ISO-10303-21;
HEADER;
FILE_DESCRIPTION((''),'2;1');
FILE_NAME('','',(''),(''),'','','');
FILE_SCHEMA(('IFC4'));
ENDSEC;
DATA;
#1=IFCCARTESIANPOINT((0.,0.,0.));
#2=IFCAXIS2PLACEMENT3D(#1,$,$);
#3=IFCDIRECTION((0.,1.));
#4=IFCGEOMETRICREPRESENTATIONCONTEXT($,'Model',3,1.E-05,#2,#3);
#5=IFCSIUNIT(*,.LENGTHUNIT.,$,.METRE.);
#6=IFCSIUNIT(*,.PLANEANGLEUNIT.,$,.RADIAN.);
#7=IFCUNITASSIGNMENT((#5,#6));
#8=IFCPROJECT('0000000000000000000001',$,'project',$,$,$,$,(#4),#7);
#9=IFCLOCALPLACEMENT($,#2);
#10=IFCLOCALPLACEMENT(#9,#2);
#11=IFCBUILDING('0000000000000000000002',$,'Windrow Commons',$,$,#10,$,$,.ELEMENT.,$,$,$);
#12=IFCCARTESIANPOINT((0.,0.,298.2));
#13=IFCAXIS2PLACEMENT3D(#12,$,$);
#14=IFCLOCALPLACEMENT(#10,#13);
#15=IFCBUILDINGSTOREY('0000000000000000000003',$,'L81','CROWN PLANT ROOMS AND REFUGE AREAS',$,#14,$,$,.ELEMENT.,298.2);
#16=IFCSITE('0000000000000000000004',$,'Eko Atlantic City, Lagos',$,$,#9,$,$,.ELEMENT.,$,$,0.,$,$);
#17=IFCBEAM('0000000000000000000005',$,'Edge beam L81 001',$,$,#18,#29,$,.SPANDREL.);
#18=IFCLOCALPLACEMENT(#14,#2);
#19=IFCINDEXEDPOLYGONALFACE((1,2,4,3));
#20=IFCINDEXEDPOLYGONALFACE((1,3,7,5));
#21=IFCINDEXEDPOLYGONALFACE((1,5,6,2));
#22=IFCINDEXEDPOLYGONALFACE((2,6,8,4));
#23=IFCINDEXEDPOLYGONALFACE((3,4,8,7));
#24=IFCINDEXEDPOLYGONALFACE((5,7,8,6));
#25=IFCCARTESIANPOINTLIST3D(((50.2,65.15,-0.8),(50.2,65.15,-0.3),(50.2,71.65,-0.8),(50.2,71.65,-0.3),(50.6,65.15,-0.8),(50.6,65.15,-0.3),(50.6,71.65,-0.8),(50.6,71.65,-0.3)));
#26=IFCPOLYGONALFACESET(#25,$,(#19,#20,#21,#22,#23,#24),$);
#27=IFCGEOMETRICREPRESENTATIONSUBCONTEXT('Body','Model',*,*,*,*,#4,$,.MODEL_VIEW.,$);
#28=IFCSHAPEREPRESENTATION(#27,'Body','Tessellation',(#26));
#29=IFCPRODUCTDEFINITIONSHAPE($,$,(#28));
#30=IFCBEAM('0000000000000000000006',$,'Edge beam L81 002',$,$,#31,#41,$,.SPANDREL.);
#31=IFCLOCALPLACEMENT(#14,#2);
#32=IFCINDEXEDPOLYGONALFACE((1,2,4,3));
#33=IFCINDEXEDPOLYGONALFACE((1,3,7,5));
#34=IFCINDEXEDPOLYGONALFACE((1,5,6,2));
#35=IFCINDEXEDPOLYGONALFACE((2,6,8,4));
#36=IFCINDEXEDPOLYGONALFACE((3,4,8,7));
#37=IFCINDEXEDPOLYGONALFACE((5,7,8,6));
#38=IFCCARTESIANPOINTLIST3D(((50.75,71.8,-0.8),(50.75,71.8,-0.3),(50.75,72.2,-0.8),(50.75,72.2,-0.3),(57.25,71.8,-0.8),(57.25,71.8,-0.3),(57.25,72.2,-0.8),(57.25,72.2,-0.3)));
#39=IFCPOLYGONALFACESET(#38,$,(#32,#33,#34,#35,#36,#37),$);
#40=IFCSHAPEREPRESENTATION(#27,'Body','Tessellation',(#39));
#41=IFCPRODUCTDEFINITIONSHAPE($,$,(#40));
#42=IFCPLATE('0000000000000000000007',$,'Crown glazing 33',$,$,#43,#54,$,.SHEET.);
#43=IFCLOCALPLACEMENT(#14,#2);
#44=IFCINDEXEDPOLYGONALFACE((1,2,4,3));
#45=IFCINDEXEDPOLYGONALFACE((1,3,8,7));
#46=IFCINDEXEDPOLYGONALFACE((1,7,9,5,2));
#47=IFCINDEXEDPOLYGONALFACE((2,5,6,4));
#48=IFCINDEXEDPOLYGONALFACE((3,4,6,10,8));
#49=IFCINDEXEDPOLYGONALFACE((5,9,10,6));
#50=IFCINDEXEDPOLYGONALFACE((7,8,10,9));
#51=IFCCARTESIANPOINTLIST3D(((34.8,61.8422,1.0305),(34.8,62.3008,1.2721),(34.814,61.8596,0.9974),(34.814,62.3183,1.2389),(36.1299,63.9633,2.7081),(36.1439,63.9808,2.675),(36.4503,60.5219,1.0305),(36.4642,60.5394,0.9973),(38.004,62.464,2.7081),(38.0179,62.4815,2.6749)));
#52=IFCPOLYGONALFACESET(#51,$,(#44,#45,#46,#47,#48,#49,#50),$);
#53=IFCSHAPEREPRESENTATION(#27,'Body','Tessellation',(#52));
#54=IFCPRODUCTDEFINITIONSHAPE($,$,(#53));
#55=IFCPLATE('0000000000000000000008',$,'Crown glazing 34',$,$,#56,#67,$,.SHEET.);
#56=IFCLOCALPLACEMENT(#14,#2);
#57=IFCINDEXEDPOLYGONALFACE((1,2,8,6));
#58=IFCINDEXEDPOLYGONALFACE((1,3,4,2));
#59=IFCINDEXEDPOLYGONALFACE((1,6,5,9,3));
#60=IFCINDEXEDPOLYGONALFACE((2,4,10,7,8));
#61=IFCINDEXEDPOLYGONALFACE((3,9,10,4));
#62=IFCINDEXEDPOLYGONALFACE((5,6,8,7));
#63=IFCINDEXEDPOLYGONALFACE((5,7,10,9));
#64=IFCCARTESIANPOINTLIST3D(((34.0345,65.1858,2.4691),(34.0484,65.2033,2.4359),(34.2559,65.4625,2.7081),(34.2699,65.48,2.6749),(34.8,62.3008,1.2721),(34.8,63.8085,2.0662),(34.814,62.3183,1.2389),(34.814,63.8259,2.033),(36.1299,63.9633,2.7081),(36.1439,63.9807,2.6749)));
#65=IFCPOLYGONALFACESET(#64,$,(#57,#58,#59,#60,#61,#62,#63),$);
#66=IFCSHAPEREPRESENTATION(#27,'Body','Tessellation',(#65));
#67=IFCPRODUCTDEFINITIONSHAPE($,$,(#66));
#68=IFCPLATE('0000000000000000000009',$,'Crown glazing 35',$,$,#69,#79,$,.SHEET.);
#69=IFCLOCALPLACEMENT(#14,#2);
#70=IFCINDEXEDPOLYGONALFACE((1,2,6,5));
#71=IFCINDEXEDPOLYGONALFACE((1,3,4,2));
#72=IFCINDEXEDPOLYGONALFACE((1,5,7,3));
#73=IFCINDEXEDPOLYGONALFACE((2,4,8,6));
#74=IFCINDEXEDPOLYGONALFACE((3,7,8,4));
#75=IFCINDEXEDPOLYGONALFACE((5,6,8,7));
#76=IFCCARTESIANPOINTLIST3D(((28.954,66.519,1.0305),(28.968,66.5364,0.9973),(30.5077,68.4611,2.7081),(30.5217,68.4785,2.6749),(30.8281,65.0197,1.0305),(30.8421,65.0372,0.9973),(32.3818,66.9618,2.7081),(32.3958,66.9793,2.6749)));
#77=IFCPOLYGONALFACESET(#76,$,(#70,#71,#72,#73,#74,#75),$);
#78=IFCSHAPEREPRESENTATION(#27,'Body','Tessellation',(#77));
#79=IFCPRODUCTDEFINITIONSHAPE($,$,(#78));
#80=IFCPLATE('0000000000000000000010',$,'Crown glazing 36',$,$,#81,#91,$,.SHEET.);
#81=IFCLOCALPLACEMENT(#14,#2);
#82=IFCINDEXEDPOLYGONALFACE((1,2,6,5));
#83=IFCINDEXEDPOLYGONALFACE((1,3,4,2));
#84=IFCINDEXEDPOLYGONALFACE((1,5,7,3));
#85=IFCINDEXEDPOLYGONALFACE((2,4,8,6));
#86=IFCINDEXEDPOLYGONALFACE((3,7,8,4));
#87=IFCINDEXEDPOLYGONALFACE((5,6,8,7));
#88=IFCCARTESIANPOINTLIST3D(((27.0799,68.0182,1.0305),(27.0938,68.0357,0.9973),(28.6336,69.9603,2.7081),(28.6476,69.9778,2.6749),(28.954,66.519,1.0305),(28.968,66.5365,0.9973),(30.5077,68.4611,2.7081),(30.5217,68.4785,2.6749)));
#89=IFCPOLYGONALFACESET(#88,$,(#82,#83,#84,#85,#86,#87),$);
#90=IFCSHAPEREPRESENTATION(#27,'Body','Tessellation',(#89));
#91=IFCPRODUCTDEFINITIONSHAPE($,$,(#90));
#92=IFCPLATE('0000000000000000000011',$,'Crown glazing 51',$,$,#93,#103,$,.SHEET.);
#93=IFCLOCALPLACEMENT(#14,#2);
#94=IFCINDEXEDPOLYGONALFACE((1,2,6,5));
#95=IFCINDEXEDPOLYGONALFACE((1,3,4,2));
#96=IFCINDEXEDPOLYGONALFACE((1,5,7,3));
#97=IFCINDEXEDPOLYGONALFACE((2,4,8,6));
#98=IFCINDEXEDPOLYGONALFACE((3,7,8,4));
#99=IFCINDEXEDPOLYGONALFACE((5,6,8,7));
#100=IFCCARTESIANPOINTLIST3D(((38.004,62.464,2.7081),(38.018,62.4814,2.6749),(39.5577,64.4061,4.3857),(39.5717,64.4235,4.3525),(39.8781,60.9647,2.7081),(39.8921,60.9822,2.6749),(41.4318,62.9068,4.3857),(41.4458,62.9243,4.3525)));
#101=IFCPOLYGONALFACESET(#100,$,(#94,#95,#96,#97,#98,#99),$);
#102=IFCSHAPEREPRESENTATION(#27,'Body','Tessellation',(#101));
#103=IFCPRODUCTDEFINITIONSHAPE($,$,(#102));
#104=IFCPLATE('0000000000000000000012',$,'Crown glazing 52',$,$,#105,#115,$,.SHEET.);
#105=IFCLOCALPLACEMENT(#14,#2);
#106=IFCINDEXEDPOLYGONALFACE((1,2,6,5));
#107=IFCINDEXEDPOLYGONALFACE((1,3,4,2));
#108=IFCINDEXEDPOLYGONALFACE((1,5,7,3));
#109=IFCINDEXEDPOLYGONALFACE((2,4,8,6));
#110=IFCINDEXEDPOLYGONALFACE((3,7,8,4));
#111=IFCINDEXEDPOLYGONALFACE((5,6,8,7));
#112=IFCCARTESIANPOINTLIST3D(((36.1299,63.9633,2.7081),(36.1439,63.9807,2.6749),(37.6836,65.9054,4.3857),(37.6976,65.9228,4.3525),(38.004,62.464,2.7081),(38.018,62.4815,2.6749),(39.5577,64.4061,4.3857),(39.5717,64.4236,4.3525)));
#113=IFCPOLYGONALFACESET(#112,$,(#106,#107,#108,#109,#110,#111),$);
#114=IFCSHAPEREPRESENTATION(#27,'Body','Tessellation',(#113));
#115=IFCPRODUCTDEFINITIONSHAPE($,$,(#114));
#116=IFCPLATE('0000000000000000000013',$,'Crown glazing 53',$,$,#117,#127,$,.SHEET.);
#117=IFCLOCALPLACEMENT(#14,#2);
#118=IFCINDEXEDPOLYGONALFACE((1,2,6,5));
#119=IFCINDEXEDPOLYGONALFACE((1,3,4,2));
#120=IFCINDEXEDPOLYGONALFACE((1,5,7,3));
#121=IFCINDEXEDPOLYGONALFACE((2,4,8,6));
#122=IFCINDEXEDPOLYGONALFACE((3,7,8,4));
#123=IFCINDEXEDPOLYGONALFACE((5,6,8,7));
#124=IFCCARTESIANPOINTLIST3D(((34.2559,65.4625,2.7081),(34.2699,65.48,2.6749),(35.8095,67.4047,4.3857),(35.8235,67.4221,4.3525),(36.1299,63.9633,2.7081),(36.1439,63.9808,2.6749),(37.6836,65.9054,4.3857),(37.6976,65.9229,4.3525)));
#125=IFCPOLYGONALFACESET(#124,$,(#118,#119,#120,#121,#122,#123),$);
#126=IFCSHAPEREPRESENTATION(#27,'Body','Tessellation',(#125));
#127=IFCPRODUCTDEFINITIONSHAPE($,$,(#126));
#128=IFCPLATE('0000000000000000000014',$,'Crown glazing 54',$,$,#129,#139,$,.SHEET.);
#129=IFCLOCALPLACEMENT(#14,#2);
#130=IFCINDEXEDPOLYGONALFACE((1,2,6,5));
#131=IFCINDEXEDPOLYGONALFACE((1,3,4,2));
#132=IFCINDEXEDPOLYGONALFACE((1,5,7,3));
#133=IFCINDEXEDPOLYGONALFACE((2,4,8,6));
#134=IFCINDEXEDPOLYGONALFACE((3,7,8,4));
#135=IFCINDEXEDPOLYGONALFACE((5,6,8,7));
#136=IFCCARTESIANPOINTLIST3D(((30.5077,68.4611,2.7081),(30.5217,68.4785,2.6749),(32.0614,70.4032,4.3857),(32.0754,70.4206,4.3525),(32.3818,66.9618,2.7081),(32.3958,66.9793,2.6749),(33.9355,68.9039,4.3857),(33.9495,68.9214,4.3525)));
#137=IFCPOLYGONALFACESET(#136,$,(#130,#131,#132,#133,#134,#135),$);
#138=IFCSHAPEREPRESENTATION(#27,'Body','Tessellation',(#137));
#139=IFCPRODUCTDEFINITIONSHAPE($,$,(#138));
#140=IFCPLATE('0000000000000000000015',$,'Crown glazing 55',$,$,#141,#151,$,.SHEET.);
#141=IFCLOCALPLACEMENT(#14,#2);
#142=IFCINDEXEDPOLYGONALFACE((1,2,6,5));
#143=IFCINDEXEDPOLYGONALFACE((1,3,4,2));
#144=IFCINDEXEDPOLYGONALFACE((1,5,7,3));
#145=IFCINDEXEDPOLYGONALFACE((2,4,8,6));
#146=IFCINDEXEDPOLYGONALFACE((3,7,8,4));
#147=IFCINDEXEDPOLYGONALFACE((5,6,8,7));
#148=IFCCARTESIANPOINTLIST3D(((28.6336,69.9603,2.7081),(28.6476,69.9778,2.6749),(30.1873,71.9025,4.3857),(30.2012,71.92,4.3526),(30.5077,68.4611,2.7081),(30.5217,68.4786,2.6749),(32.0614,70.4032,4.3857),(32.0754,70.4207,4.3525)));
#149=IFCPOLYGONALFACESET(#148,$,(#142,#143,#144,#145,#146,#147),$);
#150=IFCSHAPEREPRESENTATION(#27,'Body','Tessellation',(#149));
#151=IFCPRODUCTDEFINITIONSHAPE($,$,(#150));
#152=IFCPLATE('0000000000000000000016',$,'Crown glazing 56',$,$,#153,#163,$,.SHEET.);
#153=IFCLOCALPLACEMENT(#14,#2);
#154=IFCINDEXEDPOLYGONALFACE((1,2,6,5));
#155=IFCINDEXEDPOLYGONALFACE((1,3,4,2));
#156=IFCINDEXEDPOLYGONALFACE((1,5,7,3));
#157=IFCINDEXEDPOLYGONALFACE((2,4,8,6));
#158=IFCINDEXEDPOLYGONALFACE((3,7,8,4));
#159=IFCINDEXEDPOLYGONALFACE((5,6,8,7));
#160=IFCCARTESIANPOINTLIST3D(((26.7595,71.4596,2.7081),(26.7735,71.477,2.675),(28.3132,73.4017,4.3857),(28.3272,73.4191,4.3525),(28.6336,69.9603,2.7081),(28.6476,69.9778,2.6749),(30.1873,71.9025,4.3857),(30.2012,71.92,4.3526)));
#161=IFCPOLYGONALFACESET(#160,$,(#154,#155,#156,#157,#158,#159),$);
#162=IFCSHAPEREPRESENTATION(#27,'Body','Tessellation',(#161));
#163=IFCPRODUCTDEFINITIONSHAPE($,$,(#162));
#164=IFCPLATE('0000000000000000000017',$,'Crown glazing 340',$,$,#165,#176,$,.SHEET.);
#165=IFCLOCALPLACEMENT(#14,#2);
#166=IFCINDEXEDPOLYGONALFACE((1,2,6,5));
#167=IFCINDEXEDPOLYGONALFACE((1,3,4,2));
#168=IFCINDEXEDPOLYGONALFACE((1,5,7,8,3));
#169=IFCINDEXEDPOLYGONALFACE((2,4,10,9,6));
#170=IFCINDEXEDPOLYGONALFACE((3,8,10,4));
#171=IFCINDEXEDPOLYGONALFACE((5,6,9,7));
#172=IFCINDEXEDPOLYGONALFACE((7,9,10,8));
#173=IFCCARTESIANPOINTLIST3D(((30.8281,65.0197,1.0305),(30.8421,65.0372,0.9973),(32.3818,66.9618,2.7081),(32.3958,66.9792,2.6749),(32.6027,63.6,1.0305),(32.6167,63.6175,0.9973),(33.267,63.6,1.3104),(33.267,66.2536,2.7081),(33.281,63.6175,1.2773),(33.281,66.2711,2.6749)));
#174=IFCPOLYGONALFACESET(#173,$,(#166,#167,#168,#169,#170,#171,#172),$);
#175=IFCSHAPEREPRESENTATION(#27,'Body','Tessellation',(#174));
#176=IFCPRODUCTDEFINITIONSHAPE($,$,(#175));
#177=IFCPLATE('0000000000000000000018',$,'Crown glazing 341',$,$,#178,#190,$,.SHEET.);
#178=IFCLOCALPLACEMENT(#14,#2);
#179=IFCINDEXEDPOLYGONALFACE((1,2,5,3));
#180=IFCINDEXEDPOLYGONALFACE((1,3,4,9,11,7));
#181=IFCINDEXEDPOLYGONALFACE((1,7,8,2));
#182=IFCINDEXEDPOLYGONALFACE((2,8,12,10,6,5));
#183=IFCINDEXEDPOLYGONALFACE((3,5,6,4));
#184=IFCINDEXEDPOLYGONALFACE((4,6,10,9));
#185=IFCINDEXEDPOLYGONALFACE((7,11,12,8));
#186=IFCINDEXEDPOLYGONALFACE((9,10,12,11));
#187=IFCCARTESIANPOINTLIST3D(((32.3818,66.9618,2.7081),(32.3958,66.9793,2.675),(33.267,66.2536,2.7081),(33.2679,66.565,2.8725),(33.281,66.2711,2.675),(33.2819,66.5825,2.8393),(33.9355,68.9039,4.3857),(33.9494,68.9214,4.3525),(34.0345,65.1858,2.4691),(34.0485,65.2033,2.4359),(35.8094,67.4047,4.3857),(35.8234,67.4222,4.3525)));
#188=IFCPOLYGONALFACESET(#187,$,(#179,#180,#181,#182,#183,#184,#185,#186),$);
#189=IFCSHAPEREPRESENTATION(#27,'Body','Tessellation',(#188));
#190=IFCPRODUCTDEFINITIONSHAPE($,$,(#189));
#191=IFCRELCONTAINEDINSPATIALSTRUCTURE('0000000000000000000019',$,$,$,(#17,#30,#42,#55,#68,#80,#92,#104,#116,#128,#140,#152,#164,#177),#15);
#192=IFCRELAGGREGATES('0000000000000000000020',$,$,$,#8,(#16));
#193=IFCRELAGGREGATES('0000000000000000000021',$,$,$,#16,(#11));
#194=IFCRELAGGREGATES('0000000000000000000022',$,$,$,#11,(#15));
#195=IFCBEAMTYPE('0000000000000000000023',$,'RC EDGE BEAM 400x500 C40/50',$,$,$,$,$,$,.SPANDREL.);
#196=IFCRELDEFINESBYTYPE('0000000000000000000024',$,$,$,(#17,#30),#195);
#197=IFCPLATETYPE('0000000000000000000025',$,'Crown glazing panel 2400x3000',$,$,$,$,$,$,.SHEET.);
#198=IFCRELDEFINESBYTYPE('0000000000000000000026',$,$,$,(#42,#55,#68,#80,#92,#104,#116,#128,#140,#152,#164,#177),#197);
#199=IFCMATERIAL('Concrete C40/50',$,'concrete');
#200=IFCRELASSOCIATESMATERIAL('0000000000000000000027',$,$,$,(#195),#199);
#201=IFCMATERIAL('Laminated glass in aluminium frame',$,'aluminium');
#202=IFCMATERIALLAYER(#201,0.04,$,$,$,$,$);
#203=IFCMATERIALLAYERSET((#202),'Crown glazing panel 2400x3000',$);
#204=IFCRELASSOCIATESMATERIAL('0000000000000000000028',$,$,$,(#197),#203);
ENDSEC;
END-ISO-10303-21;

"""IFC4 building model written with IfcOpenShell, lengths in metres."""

from ifc_helpers import new_model, si_unit, direction, frame, origin, origin_2d, place, context, subcontext, project, spatial, polyline, rectangle, outline, extrude, material, layer, layer_set, material_profile, profile_set, type_object, element, save


model = new_model("IFC4")

# Units and contexts
model_context = context("Model", 3, precision=1e-05, world=origin(), true_north=direction((0.0, 1.0)))
body_context = subcontext(model_context, "Body", "Model", "MODEL_VIEW")
ifc_project = project(units=[si_unit("LENGTHUNIT", "METRE"), si_unit("PLANEANGLEUNIT", "RADIAN")], contexts=[model_context])

# Site, building, storey
site_placement = place(None, origin())
site = spatial("IfcSite", under=ifc_project, at=site_placement, Name="Eko Atlantic City, Lagos", CompositionType="ELEMENT", RefElevation=0.0)
building_placement = place(site_placement, origin())
building = spatial("IfcBuilding", under=site, at=building_placement, Name="Windrow Commons", CompositionType="ELEMENT")
storey_placement = place(building_placement, frame((0.0, 0.0, 298.2)))
storey = spatial("IfcBuildingStorey", under=building, at=storey_placement, Name="L81", Description="CROWN PLANT ROOMS AND REFUGE AREAS", CompositionType="ELEMENT", Elevation=298.2)

# Beams
ifc_material_1 = material(Name="Concrete C40/50", Category="concrete")
ifc_material_profile = material_profile(ifc_material_1, rectangle(XDim=0.4, YDim=0.5, at=origin_2d()))
ifc_profile_set = profile_set([ifc_material_profile], Name="Concrete C40/50")
beam_type = type_object("IfcBeamType", Name="RC EDGE BEAM 400x500 C40/50", PredefinedType="SPANDREL", material=ifc_profile_set)
for number, where, z_axis, x_axis, name in (
    (1, (50.4, 65.15, -0.55), (0.0, 1.0, 0.0), (-1.0, 0.0, 0.0), "Edge beam L81 001"),
    (2, (50.75, 72.0, -0.55), (1.0, 0.0, 0.0), (0.0, 1.0, 0.0), "Edge beam L81 002"),
):
    element("IfcBeam", number, at=place(storey_placement, frame(where, z_axis=z_axis, x_axis=x_axis)), inside=storey, type_object=beam_type, Name=name, PredefinedType="SPANDREL", context=body_context, shape_type="SweptSolid", body=[
        extrude(rectangle(XDim=0.4, YDim=0.5, at=origin_2d()), origin(), (0.0, 0.0, 1.0), 6.5),
    ])

# Plates
ifc_material_2 = material(Name="Laminated glass in aluminium frame", Category="aluminium")
ifc_layer_1 = layer(ifc_material_2, 0.04)
ifc_layer_set_1 = layer_set([ifc_layer_1], Name="Crown glazing panel 2400x3000")
plate_type = type_object("IfcPlateType", Name="Crown glazing panel 2400x3000", PredefinedType="SHEET", material=ifc_layer_set_1)
plate_1_placement = place(storey_placement, frame((34.8, 62.3008, 1.2721), z_axis=(-0.349328, -0.436662, 0.829033), x_axis=(0.517869, 0.647385, 0.5592)))
element("IfcPlate", 3, at=plate_1_placement, inside=storey, type_object=plate_type, Name="Crown glazing 33", PredefinedType="SHEET", context=body_context, shape_type="SweptSolid", body=[
    extrude(outline(polyline([(0.0, 0.0), (2.568, 0.0), (2.5679, -2.4), (-0.4321, -2.3999), (-0.432, -0.2865), (0.0, 0.0)])), origin(), (0.0, 0.0, -1.0), 0.04),
])
plate_2_placement = place(storey_placement, frame((34.8, 62.3008, 1.2721), z_axis=(-0.349318, -0.436653, 0.829042), x_axis=(0.0, 0.88478, 0.46601)))
element("IfcPlate", 4, at=plate_2_placement, inside=storey, type_object=plate_type, Name="Crown glazing 34", PredefinedType="SHEET", context=body_context, shape_type="SweptSolid", body=[
    extrude(outline(polyline([(0.0, 0.0), (1.704, 0.0), (3.1104, 0.817), (3.4666, 0.5807), (2.1401, -1.4193), (0.0, 0.0)])), origin(), (0.0, 0.0, -1.0), 0.04),
])
plate_3_placement = place(storey_placement, frame((30.8281, 65.0197, 1.0305), z_axis=(-0.349331, -0.436658, 0.829034), x_axis=(-0.780865, 0.6247, 0.0)))
element("IfcPlate", 5, at=plate_3_placement, inside=storey, type_object=plate_type, Name="Crown glazing 35", PredefinedType="SHEET", context=body_context, shape_type="SweptSolid", body=[
    extrude(outline(polyline([(0.0, 0.0), (2.4, 0.0), (2.4, -3.0), (0.0, -3.0), (0.0, 0.0)])), origin(), (0.0, 0.0, -1.0), 0.04),
])
plate_4_placement = place(storey_placement, frame((28.954, 66.519, 1.0305), z_axis=(-0.349317, -0.436669, 0.829034), x_axis=(-0.780885, 0.624675, 0.0)))
element("IfcPlate", 6, at=plate_4_placement, inside=storey, type_object=plate_type, Name="Crown glazing 36", PredefinedType="SHEET", context=body_context, shape_type="SweptSolid", body=[
    extrude(outline(polyline([(0.0, 0.0), (2.4, 0.0), (2.3999, -3.0), (-0.0001, -3.0), (0.0, 0.0)])), origin(), (0.0, 0.0, -1.0), 0.04),
])
for number, where, z_axis, x_axis, name in (
    (7, (39.8781, 60.9647, 2.7081), (-0.349331, -0.436658, 0.829034), (-0.780865, 0.6247, 0.0), "Crown glazing 51"),
    (8, (38.004, 62.464, 2.7081), (-0.349331, -0.436658, 0.829034), (-0.780865, 0.6247, 0.0), "Crown glazing 52"),
):
    element("IfcPlate", number, at=place(storey_placement, frame(where, z_axis=z_axis, x_axis=x_axis)), inside=storey, type_object=plate_type, Name=name, PredefinedType="SHEET", context=body_context, shape_type="SweptSolid", body=[
        extrude(outline(polyline([(0.0, 0.0), (2.4, 0.0), (2.4, -3.0), (0.0, -3.0), (0.0, 0.0)])), origin(), (0.0, 0.0, -1.0), 0.04),
    ])
plate_5_placement = place(storey_placement, frame((36.1299, 63.9633, 2.7081), z_axis=(-0.349329, -0.436658, 0.829035), x_axis=(-0.780868, 0.624696, -0.000002)))
element("IfcPlate", 9, at=plate_5_placement, inside=storey, type_object=plate_type, Name="Crown glazing 53", PredefinedType="SHEET", context=body_context, shape_type="SweptSolid", body=[
    extrude(outline(polyline([(0.0, 0.0), (2.3999, 0.0), (2.4, -3.0), (0.0, -3.0), (0.0, 0.0)])), origin(), (0.0, 0.0, -1.0), 0.04),
])
plate_6_placement = place(storey_placement, frame((32.3818, 66.9618, 2.7081), z_axis=(-0.349331, -0.436658, 0.829034), x_axis=(-0.780865, 0.6247, 0.0)))
element("IfcPlate", 10, at=plate_6_placement, inside=storey, type_object=plate_type, Name="Crown glazing 54", PredefinedType="SHEET", context=body_context, shape_type="SweptSolid", body=[
    extrude(outline(polyline([(0.0, 0.0), (2.4, 0.0), (2.4, -3.0), (0.0, -3.0), (0.0, 0.0)])), origin(), (0.0, 0.0, -1.0), 0.04),
])
plate_7_placement = place(storey_placement, frame((30.5077, 68.4611, 2.7081), z_axis=(-0.34932, -0.436659, 0.829038), x_axis=(-0.780882, 0.624679, -0.000008)))
element("IfcPlate", 11, at=plate_7_placement, inside=storey, type_object=plate_type, Name="Crown glazing 55", PredefinedType="SHEET", context=body_context, shape_type="SweptSolid", body=[
    extrude(outline(polyline([(0.0, 0.0), (2.4, 0.0), (2.4, -3.0001), (-0.0001, -3.0), (0.0, 0.0)])), origin(), (0.0, 0.0, -1.0), 0.04),
])
plate_8_placement = place(storey_placement, frame((28.6336, 69.9603, 2.7081), z_axis=(-0.34932, -0.436659, 0.829038), x_axis=(-0.780868, 0.624696, 0.000008)))
element("IfcPlate", 12, at=plate_8_placement, inside=storey, type_object=plate_type, Name="Crown glazing 56", PredefinedType="SHEET", context=body_context, shape_type="SweptSolid", body=[
    extrude(outline(polyline([(0.0, 0.0), (2.4, 0.0), (2.4, -3.0), (0.0001, -3.0001), (0.0, 0.0)])), origin(), (0.0, 0.0, -1.0), 0.04),
])
plate_9_placement = place(storey_placement, frame((32.6027, 63.6, 1.0305), z_axis=(-0.349331, -0.436659, 0.829033), x_axis=(-0.780865, 0.6247, 0.000001)))
element("IfcPlate", 13, at=plate_9_placement, inside=storey, type_object=plate_type, Name="Crown glazing 340", PredefinedType="SHEET", context=body_context, shape_type="SweptSolid", body=[
    extrude(outline(polyline([(0.0, 0.0), (2.2726, 0.0), (2.2726, -3.0), (1.139, -3.0), (-0.5187, -0.5006), (0.0, 0.0)])), origin(), (0.0, 0.0, -1.0), 0.04),
])
plate_10_placement = place(storey_placement, frame((34.0345, 65.1858, 2.4691), z_axis=(-0.349329, -0.436652, 0.829038), x_axis=(-0.470688, 0.84682, 0.247685)))
element("IfcPlate", 14, at=plate_10_placement, inside=storey, type_object=plate_type, Name="Crown glazing 341", PredefinedType="SHEET", context=body_context, shape_type="SweptSolid", body=[
    extrude(outline(polyline([(0.0, 0.0), (1.6287, 0.0), (1.3247, 0.1777), (2.3411, 0.6798), (3.6699, -2.0098), (1.5183, -3.0728), (0.0, 0.0)])), origin(), (0.0, 0.0, -1.0), 0.04),
])

save(model, "model.ifc")
